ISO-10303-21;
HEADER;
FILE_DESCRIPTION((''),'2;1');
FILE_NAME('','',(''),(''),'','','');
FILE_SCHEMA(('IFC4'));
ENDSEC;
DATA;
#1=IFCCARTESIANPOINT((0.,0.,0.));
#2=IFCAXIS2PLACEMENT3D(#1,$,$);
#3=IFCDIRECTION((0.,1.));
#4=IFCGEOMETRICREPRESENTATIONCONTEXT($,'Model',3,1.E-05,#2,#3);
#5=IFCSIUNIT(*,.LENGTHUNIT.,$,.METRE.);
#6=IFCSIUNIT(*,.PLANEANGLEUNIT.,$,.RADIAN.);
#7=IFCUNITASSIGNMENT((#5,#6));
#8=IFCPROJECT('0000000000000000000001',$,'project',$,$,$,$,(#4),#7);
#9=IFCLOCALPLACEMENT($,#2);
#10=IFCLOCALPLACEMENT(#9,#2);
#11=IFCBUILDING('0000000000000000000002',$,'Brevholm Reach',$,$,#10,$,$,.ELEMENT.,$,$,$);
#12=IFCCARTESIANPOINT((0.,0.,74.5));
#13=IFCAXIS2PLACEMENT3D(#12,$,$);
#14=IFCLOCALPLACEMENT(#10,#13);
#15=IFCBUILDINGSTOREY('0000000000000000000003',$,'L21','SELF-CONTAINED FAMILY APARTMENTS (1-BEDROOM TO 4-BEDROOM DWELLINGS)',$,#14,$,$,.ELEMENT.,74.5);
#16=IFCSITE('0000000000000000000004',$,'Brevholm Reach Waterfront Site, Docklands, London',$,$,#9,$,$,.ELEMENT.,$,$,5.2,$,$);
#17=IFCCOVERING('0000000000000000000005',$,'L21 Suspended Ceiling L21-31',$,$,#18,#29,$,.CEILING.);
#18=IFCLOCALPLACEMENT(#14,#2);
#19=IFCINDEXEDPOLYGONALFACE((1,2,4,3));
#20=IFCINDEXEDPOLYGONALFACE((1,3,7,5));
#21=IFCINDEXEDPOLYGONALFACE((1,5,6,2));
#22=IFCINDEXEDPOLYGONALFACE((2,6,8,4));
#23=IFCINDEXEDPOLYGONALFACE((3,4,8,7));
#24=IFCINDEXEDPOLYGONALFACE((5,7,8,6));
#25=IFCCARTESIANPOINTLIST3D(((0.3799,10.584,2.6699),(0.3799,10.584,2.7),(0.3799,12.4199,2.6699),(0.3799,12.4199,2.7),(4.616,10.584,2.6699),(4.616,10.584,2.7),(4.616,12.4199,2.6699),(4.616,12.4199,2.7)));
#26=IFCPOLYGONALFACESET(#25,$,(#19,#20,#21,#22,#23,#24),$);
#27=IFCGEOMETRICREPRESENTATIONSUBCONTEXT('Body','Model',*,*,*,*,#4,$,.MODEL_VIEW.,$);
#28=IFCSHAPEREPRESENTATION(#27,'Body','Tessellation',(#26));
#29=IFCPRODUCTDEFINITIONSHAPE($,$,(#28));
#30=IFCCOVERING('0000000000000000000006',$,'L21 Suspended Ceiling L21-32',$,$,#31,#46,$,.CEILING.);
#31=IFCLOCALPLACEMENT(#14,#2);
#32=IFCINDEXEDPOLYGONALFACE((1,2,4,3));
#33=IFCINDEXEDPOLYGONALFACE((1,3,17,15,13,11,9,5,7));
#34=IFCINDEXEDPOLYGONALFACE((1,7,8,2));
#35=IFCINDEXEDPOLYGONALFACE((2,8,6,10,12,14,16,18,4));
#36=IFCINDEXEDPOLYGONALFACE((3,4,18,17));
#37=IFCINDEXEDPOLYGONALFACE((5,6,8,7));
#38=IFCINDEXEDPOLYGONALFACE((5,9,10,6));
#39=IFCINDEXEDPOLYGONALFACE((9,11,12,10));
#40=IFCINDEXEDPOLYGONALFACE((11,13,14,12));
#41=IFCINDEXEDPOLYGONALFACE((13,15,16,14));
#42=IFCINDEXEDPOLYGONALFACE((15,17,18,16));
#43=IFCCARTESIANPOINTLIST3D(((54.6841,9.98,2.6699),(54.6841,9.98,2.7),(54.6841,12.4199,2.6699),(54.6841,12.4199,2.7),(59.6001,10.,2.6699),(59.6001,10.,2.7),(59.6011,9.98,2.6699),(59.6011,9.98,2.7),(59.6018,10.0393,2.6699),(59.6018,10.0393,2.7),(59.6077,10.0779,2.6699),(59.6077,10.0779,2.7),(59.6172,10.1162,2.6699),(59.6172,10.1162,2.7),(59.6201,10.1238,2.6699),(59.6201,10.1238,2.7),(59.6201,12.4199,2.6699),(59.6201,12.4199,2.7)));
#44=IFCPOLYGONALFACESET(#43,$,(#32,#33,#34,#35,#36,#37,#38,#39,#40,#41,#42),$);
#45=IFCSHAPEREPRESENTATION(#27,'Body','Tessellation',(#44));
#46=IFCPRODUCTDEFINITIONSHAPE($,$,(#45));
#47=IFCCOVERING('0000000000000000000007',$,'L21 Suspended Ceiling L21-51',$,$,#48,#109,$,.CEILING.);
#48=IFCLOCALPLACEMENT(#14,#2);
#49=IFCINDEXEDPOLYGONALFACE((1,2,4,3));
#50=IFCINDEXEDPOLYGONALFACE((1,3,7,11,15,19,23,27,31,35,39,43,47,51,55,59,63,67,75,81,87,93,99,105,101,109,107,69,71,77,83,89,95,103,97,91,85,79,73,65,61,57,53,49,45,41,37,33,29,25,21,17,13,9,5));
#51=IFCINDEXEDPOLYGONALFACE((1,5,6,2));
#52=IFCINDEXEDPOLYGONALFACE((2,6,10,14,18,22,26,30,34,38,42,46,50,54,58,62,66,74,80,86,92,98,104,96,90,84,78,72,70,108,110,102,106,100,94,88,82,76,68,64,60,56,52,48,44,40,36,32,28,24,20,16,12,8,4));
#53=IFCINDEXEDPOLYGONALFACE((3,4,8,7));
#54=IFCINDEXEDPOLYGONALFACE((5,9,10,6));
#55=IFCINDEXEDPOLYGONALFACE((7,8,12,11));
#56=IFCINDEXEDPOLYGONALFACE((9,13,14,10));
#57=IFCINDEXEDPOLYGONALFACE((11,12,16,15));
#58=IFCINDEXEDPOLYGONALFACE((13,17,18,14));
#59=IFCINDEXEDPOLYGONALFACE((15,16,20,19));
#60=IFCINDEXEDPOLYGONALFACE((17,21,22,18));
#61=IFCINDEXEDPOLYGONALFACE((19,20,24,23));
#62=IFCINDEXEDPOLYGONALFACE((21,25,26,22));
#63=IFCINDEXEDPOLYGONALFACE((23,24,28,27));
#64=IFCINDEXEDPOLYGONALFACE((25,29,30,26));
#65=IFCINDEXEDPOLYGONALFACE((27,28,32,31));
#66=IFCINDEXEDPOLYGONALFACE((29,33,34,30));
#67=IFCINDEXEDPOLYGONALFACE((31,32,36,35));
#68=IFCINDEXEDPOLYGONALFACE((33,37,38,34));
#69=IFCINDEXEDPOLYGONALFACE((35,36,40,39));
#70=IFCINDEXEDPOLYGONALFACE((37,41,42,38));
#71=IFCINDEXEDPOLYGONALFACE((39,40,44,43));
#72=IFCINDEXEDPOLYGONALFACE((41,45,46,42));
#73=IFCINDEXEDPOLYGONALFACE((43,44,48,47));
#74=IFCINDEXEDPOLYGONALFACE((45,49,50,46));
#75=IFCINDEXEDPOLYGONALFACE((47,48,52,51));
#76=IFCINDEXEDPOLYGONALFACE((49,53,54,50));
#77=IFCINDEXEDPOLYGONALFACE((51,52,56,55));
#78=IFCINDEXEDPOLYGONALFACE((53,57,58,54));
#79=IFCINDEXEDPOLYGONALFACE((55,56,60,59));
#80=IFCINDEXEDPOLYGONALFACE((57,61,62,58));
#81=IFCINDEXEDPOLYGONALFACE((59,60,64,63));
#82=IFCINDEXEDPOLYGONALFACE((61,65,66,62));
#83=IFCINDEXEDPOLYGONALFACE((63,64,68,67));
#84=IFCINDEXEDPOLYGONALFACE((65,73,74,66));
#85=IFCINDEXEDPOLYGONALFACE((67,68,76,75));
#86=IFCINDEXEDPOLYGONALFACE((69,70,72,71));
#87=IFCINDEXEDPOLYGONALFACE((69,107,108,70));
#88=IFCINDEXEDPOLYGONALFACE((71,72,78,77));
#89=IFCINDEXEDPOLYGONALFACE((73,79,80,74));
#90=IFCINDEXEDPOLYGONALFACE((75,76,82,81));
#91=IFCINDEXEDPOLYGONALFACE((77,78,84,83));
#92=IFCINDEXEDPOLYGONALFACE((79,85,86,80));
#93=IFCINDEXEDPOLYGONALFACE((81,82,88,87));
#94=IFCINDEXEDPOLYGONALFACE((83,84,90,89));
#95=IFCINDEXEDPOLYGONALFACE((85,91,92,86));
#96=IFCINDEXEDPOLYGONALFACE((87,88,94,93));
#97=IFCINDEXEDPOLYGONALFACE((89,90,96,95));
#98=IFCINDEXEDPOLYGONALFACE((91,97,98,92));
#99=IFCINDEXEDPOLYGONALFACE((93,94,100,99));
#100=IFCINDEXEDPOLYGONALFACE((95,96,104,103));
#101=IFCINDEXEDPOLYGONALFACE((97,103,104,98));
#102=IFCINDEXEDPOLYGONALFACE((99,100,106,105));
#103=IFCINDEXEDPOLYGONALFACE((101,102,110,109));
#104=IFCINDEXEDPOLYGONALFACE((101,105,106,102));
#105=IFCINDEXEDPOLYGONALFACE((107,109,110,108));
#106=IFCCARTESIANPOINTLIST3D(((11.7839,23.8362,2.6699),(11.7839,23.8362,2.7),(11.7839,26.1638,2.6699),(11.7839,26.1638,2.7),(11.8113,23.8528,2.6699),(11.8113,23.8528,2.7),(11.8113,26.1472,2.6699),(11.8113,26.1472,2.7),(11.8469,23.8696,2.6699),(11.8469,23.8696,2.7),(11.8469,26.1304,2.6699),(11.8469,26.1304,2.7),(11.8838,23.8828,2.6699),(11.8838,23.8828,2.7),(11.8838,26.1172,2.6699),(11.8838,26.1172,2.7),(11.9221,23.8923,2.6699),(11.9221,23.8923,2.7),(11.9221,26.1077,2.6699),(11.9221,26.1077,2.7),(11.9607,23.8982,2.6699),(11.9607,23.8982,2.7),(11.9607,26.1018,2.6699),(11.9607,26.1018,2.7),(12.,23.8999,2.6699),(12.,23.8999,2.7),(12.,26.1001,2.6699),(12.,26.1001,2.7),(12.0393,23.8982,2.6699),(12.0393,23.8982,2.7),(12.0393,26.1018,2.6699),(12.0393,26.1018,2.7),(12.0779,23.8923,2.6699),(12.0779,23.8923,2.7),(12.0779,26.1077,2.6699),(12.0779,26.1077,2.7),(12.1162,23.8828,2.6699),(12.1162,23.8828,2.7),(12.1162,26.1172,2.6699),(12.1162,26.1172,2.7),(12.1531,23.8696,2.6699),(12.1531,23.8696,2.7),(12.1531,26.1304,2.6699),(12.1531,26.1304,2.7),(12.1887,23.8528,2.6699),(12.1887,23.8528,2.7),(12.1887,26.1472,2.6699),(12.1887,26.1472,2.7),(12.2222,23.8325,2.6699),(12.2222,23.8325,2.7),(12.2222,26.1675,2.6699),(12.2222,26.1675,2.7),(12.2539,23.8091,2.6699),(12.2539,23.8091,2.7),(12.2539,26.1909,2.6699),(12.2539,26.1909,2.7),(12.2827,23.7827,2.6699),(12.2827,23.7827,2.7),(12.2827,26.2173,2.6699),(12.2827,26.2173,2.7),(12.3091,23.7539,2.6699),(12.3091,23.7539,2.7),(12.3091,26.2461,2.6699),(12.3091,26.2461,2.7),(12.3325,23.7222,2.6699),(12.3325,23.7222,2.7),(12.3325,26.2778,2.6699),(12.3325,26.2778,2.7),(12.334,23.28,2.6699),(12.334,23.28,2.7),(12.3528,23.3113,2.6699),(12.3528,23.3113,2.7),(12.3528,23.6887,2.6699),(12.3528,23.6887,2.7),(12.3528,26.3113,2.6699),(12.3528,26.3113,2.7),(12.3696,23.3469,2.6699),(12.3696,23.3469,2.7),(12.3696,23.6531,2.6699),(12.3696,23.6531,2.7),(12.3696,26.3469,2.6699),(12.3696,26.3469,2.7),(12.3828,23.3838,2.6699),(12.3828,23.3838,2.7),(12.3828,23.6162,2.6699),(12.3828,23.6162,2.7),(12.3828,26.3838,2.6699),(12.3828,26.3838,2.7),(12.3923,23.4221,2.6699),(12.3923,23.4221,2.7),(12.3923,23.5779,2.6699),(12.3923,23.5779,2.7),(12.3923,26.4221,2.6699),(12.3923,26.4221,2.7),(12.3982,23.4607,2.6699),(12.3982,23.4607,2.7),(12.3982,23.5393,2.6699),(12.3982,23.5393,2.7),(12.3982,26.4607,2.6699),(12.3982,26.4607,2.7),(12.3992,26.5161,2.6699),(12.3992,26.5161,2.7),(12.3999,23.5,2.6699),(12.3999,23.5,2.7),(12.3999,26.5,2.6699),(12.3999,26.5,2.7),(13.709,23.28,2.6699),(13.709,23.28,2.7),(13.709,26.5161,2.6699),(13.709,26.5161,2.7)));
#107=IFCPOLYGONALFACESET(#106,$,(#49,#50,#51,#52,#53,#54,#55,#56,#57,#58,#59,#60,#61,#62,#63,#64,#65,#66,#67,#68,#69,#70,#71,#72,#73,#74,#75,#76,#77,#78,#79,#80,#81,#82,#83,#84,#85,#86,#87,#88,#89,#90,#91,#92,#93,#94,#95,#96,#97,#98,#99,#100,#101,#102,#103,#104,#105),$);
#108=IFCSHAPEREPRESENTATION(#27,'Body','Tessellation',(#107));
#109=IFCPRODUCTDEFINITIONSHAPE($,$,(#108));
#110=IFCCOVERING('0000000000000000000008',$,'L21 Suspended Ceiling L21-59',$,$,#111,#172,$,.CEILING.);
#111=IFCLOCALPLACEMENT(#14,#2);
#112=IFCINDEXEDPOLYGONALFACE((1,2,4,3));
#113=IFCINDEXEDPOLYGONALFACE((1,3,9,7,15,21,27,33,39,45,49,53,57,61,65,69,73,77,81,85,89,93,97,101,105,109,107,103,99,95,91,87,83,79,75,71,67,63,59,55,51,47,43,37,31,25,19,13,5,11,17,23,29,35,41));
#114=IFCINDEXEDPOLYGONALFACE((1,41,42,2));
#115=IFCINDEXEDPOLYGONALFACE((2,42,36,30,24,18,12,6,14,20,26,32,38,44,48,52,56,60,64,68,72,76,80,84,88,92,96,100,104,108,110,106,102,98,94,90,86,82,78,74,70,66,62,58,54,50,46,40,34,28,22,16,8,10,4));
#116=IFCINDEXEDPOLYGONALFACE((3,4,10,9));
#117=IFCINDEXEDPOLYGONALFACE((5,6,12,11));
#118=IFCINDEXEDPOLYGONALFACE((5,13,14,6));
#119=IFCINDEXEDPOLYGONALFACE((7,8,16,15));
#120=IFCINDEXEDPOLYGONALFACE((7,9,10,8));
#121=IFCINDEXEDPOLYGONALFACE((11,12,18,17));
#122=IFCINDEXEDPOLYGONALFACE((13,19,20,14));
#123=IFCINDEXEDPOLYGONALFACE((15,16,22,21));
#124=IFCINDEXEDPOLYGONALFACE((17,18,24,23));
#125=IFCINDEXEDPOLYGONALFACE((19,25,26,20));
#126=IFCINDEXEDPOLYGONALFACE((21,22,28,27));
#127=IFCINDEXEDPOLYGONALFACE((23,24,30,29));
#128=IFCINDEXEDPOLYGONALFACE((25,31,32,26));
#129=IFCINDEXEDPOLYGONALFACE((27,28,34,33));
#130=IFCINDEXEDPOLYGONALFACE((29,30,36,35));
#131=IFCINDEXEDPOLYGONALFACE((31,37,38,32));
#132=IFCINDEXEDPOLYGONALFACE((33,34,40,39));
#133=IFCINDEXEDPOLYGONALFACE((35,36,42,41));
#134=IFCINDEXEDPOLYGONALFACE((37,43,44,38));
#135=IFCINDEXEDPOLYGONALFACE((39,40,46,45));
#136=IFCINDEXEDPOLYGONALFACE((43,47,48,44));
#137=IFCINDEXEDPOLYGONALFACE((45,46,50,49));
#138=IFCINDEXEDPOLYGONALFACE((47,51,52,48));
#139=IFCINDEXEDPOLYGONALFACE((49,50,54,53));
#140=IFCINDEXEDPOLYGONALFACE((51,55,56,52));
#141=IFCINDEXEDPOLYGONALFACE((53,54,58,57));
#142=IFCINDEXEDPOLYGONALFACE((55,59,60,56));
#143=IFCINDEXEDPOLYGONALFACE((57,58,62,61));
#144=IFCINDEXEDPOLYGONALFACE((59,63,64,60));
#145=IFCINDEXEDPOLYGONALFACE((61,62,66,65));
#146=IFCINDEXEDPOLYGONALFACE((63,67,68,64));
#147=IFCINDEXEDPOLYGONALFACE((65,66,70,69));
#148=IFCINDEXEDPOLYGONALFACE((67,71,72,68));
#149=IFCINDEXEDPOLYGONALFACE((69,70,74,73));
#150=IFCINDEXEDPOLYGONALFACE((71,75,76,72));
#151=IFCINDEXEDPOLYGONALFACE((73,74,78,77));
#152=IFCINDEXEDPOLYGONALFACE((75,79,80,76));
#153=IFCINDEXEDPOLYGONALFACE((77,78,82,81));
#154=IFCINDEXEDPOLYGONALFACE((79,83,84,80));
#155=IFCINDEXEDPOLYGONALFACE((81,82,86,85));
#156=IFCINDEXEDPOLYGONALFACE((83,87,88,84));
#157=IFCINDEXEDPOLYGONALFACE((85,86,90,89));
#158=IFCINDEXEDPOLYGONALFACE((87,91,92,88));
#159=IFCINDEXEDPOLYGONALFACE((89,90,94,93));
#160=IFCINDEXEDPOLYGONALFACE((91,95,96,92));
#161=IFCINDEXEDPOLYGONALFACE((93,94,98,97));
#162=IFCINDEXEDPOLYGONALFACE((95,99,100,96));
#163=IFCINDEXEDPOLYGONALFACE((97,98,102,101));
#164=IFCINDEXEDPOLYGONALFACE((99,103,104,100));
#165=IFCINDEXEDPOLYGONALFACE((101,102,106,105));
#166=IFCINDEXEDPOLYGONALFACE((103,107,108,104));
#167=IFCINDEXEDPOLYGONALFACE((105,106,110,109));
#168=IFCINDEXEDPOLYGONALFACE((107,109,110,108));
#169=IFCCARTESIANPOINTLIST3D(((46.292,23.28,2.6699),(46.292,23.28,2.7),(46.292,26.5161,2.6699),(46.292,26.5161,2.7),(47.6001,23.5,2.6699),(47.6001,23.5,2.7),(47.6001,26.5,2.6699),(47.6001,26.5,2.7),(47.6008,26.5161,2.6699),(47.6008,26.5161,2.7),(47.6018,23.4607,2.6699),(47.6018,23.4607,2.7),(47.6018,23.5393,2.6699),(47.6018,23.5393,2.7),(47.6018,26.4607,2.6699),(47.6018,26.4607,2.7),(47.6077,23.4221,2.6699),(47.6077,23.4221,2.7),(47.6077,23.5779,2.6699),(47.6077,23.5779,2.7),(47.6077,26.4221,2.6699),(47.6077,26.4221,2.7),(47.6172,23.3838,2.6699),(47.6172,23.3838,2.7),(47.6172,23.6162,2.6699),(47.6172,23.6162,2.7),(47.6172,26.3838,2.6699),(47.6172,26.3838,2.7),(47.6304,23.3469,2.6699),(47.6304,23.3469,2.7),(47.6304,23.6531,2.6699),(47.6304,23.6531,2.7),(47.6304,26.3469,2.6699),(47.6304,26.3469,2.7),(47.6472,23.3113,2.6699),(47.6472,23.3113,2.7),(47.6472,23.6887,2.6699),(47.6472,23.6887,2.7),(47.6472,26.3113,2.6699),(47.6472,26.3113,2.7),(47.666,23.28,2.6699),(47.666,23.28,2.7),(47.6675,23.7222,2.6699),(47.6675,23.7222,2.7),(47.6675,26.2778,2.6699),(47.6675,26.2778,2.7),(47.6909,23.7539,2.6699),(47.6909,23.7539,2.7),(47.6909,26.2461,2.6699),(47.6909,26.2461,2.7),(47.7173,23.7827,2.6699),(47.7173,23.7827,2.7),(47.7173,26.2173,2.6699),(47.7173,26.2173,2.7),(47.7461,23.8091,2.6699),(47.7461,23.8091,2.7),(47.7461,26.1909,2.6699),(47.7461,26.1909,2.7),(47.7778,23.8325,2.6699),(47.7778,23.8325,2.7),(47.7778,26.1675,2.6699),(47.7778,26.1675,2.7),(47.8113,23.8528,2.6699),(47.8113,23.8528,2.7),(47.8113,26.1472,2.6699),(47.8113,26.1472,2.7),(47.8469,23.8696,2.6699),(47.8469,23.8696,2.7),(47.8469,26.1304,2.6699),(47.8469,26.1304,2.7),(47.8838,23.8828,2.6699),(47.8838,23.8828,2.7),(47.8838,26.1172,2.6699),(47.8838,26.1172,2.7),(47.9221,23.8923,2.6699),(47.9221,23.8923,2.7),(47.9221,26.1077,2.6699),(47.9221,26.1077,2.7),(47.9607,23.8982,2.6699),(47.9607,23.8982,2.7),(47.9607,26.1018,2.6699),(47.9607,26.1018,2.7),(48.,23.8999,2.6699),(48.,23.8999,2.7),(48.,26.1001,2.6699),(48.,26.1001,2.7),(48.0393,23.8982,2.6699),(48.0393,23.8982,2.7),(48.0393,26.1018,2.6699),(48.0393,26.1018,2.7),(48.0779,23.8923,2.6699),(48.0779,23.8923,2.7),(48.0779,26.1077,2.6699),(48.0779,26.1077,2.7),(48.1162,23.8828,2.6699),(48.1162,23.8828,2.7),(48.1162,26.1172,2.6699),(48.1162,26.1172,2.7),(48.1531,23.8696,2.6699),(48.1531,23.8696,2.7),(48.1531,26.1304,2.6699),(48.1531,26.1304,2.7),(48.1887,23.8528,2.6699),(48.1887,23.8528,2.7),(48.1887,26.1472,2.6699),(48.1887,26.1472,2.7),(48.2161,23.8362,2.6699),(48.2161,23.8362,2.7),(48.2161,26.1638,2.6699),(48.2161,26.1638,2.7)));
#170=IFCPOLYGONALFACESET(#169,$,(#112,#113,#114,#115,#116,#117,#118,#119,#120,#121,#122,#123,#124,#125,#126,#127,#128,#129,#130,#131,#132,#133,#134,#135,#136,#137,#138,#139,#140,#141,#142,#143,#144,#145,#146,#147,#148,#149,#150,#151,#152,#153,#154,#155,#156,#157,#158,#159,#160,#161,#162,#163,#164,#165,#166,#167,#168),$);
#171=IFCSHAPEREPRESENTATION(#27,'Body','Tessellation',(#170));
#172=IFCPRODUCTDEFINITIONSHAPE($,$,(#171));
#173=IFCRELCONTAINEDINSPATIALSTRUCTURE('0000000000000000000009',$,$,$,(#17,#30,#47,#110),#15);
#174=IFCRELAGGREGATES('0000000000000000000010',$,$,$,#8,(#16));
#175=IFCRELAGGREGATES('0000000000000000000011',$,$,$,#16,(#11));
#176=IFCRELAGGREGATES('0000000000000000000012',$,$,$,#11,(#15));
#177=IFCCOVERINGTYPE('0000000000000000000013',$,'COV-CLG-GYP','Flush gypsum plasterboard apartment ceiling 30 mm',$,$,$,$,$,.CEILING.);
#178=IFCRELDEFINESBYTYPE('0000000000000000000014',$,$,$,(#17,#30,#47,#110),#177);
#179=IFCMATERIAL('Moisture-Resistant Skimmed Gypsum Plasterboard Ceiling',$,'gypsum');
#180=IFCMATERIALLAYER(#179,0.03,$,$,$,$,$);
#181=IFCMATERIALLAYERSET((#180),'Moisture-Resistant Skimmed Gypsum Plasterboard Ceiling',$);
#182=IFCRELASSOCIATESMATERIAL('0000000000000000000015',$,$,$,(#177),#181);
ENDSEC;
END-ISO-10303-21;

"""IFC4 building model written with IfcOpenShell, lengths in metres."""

from ifc_helpers import new_model, si_unit, direction, frame, origin, place, context, subcontext, project, spatial, polyline, outline, extrude, material, layer, layer_set, type_object, element, save


model = new_model("IFC4")

# Units and contexts
model_context = context("Model", 3, precision=1e-05, world=origin(), true_north=direction((0.0, 1.0)))
body_context = subcontext(model_context, "Body", "Model", "MODEL_VIEW")
ifc_project = project(units=[si_unit("LENGTHUNIT", "METRE"), si_unit("PLANEANGLEUNIT", "RADIAN")], contexts=[model_context])

# Site, building, storey
site_placement = place(None, origin())
site = spatial("IfcSite", under=ifc_project, at=site_placement, Name="Brevholm Reach Waterfront Site, Docklands, London", CompositionType="ELEMENT", RefElevation=5.2)
building_placement = place(site_placement, origin())
building = spatial("IfcBuilding", under=site, at=building_placement, Name="Brevholm Reach", CompositionType="ELEMENT")
storey_placement = place(building_placement, frame((0.0, 0.0, 74.5)))
storey = spatial("IfcBuildingStorey", under=building, at=storey_placement, Name="L21", Description="SELF-CONTAINED FAMILY APARTMENTS (1-BEDROOM TO 4-BEDROOM DWELLINGS)", CompositionType="ELEMENT", Elevation=74.5)

# Coverings
ifc_material_1 = material(Name="Moisture-Resistant Skimmed Gypsum Plasterboard Ceiling", Category="gypsum")
ifc_layer_1 = layer(ifc_material_1, 0.03)
ifc_layer_set_1 = layer_set([ifc_layer_1], Name="Moisture-Resistant Skimmed Gypsum Plasterboard Ceiling")
covering_type_1 = type_object("IfcCoveringType", Name="COV-CLG-GYP", Description="Flush gypsum plasterboard apartment ceiling 30 mm", PredefinedType="CEILING", material=ifc_layer_set_1)
covering_1_placement = place(storey_placement, frame((0.0, 0.0, 2.6699)))
element("IfcCovering", 1, at=covering_1_placement, inside=storey, type_object=covering_type_1, Name="L21 Suspended Ceiling L21-31", PredefinedType="CEILING", context=body_context, shape_type="SweptSolid", body=[
    extrude(outline(polyline([(0.3799, 12.4199), (4.616, 12.4199), (4.616, 10.584), (0.3799, 10.584), (0.3799, 12.4199)])), origin(), (0.0, 0.0, 1.0), 0.03),
])
covering_2_placement = place(storey_placement, frame((0.0, 0.0, 2.6699)))
element("IfcCovering", 2, at=covering_2_placement, inside=storey, type_object=covering_type_1, Name="L21 Suspended Ceiling L21-32", PredefinedType="CEILING", context=body_context, shape_type="SweptSolid", body=[
    extrude(outline(polyline([(59.6201, 12.4199), (59.6201, 10.1238), (59.6172, 10.1162), (59.6077, 10.0779), (59.6018, 10.0393), (59.6001, 10.0), (59.6011, 9.98), (54.6841, 9.98), (54.6841, 12.4199), (59.6201, 12.4199)])), origin(), (0.0, 0.0, 1.0), 0.03),
])
covering_3_placement = place(storey_placement, frame((0.0, 0.0, 2.6699)))
element("IfcCovering", 3, at=covering_3_placement, inside=storey, type_object=covering_type_1, Name="L21 Suspended Ceiling L21-51", PredefinedType="CEILING", context=body_context, shape_type="SweptSolid", body=[
    extrude(outline(polyline([(13.709, 23.28), (12.334, 23.28), (12.3528, 23.3113), (12.3696, 23.3469), (12.3828, 23.3838), (12.3923, 23.4221), (12.3982, 23.4607), (12.3999, 23.5), (12.3982, 23.5393), (12.3923, 23.5779), (12.3828, 23.6162), (12.3696, 23.6531), (12.3528, 23.6887), (12.3325, 23.7222), (12.3091, 23.7539), (12.2827, 23.7827), (12.2539, 23.8091), (12.2222, 23.8325), (12.1887, 23.8528), (12.1531, 23.8696), (12.1162, 23.8828), (12.0779, 23.8923), (12.0393, 23.8982), (12.0, 23.8999), (11.9607, 23.8982), (11.9221, 23.8923), (11.8838, 23.8828), (11.8469, 23.8696), (11.8113, 23.8528), (11.7839, 23.8362), (11.7839, 26.1638), (11.8113, 26.1472), (11.8469, 26.1304), (11.8838, 26.1172), (11.9221, 26.1077), (11.9607, 26.1018), (12.0, 26.1001), (12.0393, 26.1018), (12.0779, 26.1077), (12.1162, 26.1172), (12.1531, 26.1304), (12.1887, 26.1472), (12.2222, 26.1675), (12.2539, 26.1909), (12.2827, 26.2173), (12.3091, 26.2461), (12.3325, 26.2778), (12.3528, 26.3113), (12.3696, 26.3469), (12.3828, 26.3838), (12.3923, 26.4221), (12.3982, 26.4607), (12.3999, 26.5), (12.3992, 26.5161), (13.709, 26.5161), (13.709, 23.28)])), origin(), (0.0, 0.0, 1.0), 0.03),
])
covering_4_placement = place(storey_placement, frame((0.0, 0.0, 2.6699)))
element("IfcCovering", 4, at=covering_4_placement, inside=storey, type_object=covering_type_1, Name="L21 Suspended Ceiling L21-59", PredefinedType="CEILING", context=body_context, shape_type="SweptSolid", body=[
    extrude(outline(polyline([(46.292, 26.5161), (47.6008, 26.5161), (47.6001, 26.5), (47.6018, 26.4607), (47.6077, 26.4221), (47.6172, 26.3838), (47.6304, 26.3469), (47.6472, 26.3113), (47.6675, 26.2778), (47.6909, 26.2461), (47.7173, 26.2173), (47.7461, 26.1909), (47.7778, 26.1675), (47.8113, 26.1472), (47.8469, 26.1304), (47.8838, 26.1172), (47.9221, 26.1077), (47.9607, 26.1018), (48.0, 26.1001), (48.0393, 26.1018), (48.0779, 26.1077), (48.1162, 26.1172), (48.1531, 26.1304), (48.1887, 26.1472), (48.2161, 26.1638), (48.2161, 23.8362), (48.1887, 23.8528), (48.1531, 23.8696), (48.1162, 23.8828), (48.0779, 23.8923), (48.0393, 23.8982), (48.0, 23.8999), (47.9607, 23.8982), (47.9221, 23.8923), (47.8838, 23.8828), (47.8469, 23.8696), (47.8113, 23.8528), (47.7778, 23.8325), (47.7461, 23.8091), (47.7173, 23.7827), (47.6909, 23.7539), (47.6675, 23.7222), (47.6472, 23.6887), (47.6304, 23.6531), (47.6172, 23.6162), (47.6077, 23.5779), (47.6018, 23.5393), (47.6001, 23.5), (47.6018, 23.4607), (47.6077, 23.4221), (47.6172, 23.3838), (47.6304, 23.3469), (47.6472, 23.3113), (47.666, 23.28), (46.292, 23.28), (46.292, 26.5161)])), origin(), (0.0, 0.0, 1.0), 0.03),
])

save(model, "model.ifc")
